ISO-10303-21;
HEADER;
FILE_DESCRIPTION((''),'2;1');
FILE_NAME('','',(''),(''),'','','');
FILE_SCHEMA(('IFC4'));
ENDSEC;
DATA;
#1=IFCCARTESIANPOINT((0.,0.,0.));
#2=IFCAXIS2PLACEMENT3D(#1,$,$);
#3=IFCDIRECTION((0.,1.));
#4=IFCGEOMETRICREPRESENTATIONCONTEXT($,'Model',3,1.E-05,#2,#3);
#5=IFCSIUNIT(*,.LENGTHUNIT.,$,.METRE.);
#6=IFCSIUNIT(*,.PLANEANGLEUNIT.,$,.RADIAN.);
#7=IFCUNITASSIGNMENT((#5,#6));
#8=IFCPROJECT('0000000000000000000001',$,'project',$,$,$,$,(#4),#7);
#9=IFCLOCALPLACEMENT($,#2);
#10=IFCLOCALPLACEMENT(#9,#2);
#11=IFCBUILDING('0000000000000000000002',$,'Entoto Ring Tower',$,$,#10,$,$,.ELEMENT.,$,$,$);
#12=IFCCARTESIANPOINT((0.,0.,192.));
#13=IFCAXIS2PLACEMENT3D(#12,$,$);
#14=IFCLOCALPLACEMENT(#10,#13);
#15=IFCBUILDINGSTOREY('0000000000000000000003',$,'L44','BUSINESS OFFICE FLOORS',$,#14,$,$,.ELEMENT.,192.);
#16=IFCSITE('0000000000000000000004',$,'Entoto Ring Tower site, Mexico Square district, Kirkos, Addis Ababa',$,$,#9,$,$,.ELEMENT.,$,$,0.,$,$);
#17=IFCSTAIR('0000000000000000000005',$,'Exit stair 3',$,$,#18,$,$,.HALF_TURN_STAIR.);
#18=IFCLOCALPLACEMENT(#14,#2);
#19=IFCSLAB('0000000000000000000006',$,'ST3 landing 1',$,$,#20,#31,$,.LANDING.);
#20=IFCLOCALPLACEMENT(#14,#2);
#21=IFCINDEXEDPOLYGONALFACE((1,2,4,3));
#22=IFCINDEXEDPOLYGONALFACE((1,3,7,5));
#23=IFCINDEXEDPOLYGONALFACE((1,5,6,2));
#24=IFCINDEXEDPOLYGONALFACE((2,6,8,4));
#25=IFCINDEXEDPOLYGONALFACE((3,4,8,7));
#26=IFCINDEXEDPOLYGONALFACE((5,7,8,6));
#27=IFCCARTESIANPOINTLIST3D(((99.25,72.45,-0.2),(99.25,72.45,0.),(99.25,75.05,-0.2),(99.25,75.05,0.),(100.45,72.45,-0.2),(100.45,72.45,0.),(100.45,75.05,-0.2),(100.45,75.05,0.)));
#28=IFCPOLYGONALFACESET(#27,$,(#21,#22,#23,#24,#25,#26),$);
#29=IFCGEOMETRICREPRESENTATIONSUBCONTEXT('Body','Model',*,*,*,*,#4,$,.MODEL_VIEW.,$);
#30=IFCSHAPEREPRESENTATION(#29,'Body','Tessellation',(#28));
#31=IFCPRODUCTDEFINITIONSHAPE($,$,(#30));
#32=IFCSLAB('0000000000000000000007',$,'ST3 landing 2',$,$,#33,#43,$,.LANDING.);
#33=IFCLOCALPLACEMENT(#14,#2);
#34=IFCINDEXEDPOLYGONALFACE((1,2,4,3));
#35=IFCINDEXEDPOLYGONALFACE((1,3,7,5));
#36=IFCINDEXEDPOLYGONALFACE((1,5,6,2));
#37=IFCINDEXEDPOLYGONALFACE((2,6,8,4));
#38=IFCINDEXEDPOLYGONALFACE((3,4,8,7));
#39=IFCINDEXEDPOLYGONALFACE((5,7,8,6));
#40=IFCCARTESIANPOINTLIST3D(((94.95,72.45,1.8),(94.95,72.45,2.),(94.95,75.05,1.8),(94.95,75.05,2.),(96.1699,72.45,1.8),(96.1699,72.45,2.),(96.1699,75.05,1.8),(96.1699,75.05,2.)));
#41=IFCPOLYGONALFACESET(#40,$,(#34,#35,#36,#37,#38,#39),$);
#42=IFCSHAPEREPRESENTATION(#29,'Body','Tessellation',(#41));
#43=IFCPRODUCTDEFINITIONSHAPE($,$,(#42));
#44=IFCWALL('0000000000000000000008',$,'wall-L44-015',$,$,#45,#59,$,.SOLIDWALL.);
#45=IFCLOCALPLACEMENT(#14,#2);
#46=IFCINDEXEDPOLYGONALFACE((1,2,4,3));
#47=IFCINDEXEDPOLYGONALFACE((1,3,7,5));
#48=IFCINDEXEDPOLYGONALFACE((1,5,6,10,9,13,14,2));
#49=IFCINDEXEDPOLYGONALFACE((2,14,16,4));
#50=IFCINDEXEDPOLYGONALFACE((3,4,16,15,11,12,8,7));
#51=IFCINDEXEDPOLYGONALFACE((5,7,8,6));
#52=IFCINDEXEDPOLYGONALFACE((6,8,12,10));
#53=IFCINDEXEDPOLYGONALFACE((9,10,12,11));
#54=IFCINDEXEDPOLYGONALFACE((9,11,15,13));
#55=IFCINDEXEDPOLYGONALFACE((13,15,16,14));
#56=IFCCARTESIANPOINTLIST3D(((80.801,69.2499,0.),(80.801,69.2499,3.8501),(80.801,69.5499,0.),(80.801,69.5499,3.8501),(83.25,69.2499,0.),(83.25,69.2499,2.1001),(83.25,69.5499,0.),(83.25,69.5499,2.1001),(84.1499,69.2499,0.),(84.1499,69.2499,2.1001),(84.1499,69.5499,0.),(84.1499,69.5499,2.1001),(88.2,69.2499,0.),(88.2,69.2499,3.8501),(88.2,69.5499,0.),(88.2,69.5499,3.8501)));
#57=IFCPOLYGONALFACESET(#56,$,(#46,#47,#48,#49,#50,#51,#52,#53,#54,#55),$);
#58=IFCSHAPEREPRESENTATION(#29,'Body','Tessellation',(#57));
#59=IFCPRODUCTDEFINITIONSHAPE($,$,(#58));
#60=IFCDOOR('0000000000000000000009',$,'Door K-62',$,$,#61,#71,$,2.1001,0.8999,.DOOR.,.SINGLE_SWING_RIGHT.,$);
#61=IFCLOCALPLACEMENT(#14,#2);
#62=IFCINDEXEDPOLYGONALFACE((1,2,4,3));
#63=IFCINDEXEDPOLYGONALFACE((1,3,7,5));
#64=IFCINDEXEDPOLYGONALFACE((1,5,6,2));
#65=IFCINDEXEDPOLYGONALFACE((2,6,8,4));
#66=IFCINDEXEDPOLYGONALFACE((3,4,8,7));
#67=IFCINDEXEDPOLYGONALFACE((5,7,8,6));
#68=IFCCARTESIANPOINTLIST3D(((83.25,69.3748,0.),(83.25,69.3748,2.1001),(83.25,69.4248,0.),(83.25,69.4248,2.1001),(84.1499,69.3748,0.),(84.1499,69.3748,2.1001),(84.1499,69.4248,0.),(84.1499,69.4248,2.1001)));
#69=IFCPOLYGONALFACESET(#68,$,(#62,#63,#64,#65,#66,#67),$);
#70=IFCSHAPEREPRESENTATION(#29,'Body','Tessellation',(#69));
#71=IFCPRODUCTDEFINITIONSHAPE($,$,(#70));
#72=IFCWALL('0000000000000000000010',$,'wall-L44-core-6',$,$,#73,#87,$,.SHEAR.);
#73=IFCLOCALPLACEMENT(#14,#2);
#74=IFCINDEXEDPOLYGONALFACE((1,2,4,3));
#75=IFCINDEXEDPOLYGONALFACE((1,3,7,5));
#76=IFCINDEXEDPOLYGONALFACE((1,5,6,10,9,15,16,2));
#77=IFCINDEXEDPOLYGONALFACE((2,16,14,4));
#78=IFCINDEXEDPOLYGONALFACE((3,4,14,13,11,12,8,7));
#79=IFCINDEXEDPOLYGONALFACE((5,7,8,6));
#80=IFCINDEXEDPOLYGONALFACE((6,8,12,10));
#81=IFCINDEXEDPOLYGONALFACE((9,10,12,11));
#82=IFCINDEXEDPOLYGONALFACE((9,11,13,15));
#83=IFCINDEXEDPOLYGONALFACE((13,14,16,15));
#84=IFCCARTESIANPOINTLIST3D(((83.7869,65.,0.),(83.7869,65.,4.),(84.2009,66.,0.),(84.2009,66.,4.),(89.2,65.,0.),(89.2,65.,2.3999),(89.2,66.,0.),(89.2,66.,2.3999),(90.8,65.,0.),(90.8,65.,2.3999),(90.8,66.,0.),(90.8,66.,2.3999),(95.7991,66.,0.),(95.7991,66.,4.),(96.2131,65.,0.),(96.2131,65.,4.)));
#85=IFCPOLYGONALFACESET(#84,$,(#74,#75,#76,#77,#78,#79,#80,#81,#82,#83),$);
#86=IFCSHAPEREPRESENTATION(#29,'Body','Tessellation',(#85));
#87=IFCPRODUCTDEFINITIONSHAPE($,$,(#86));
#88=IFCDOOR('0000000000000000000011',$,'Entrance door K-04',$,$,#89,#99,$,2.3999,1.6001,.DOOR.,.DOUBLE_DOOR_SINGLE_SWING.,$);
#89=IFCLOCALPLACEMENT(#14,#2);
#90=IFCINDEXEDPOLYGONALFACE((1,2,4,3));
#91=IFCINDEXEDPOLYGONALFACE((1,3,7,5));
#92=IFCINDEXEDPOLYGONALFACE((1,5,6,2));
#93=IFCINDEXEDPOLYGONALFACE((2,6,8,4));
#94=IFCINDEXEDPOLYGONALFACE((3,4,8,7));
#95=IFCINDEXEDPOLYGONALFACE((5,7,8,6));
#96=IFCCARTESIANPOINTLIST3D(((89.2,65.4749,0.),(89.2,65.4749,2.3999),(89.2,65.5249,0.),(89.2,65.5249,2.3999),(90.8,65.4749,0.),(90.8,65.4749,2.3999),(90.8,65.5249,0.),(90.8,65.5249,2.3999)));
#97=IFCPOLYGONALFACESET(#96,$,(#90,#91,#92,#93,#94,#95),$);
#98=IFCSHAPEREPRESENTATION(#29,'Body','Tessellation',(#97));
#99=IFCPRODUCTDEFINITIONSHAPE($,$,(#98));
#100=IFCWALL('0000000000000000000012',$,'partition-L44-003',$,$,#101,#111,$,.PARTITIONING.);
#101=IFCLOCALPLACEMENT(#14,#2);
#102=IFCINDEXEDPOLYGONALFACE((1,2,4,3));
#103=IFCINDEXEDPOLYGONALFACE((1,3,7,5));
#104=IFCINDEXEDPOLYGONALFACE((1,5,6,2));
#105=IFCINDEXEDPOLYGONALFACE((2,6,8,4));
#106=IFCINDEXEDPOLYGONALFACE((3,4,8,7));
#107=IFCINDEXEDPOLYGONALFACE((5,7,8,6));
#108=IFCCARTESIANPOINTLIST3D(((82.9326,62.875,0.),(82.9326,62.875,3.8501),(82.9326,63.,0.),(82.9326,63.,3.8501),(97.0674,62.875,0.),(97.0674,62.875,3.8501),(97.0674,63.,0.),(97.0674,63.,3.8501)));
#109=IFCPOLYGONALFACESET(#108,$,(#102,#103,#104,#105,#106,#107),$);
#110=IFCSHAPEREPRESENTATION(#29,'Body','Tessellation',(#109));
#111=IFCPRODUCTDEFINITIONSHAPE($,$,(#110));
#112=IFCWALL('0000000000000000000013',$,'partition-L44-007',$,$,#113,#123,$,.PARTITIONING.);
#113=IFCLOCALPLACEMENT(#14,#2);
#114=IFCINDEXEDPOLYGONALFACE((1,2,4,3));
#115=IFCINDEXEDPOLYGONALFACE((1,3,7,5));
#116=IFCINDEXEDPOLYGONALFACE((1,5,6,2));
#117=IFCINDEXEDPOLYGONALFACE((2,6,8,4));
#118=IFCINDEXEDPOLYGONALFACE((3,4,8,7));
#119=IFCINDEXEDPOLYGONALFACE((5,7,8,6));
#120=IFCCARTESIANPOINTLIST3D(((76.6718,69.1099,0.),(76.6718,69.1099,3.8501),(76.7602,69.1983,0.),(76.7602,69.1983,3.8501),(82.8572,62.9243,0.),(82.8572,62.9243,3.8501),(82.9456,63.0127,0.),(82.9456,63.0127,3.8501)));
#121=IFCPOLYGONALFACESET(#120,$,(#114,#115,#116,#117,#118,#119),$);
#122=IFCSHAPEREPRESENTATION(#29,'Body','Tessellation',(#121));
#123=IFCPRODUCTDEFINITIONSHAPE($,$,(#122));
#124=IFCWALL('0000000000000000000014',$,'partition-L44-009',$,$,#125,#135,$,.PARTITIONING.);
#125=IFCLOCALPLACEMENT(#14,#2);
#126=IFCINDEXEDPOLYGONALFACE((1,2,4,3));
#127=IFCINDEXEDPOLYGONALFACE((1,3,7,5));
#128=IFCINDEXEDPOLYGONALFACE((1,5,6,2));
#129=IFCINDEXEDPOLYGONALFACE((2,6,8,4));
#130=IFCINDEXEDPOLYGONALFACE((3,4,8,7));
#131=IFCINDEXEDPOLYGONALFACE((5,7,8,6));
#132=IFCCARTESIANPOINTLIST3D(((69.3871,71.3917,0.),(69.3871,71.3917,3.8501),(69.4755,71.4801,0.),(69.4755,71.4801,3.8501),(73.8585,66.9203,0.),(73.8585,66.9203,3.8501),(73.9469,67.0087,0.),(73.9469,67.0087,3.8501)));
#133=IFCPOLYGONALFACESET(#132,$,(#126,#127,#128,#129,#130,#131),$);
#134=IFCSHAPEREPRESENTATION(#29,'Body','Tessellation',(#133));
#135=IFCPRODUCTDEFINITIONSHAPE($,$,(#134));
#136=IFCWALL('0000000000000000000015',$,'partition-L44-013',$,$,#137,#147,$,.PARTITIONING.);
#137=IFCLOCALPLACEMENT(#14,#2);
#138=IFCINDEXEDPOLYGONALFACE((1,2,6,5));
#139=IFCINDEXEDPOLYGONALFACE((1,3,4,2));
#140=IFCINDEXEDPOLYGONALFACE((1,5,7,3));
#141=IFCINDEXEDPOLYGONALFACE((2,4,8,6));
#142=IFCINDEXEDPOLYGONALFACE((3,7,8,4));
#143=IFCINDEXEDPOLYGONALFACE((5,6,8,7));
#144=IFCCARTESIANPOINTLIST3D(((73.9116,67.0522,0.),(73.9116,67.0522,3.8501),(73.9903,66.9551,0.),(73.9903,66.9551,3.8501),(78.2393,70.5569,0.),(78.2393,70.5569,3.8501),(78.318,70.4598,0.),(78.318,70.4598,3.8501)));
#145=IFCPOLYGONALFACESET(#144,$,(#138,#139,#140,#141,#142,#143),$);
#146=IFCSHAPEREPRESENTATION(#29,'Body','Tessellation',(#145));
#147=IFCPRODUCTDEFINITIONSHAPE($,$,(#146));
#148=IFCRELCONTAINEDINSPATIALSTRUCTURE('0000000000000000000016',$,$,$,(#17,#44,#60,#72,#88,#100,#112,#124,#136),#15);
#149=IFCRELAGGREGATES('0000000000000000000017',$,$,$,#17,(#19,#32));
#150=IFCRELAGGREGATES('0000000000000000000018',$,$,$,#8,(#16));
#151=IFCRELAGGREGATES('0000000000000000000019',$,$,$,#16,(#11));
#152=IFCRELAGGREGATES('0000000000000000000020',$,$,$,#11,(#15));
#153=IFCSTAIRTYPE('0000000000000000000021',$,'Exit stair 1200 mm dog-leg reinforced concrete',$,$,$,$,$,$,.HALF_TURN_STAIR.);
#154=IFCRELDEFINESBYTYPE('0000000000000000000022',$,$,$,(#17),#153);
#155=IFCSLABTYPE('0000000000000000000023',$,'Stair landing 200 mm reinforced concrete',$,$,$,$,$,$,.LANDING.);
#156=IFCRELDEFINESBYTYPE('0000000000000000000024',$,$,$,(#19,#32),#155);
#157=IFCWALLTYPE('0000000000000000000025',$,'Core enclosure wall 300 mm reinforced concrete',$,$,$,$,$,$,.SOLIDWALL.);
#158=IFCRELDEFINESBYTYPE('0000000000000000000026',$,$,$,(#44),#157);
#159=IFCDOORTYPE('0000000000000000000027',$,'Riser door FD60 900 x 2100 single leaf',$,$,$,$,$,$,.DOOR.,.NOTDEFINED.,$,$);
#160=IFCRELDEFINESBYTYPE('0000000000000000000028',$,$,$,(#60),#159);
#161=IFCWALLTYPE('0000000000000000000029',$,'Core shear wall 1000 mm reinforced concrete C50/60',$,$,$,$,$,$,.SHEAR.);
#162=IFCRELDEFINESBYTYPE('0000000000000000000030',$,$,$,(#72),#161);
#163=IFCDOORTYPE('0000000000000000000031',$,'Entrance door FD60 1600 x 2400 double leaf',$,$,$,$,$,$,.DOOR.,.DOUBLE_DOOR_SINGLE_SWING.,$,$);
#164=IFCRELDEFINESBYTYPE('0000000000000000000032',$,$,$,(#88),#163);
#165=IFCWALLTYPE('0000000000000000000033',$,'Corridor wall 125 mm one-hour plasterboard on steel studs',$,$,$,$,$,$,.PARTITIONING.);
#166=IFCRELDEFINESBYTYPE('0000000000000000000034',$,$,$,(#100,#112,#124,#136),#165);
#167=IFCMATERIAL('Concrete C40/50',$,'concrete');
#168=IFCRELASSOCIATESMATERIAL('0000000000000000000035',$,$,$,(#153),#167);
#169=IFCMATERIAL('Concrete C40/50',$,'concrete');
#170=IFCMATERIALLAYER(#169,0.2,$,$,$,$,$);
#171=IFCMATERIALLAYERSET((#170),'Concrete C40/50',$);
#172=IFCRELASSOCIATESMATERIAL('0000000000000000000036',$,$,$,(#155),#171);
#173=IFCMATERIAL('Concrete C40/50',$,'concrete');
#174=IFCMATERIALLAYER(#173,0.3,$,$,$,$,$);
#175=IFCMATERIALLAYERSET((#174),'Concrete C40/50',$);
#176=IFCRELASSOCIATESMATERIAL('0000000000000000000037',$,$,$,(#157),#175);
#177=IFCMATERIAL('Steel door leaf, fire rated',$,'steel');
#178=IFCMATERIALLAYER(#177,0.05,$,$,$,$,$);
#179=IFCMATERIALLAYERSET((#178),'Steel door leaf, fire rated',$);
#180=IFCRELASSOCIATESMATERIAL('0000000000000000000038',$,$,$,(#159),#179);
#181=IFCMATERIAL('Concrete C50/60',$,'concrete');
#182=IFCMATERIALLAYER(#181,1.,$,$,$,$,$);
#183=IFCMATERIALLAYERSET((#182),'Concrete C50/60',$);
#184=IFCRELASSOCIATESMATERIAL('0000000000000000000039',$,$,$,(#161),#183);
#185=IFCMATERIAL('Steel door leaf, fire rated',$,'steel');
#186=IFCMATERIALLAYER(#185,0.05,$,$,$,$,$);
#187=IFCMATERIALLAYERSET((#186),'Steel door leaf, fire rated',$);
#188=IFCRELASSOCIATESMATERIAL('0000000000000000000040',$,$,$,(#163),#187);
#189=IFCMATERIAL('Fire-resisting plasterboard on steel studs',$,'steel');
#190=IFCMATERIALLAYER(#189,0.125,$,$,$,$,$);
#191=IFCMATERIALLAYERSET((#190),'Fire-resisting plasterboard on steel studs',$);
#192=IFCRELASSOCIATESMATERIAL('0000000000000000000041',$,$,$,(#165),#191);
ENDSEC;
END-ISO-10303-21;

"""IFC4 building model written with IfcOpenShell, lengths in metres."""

from ifc_helpers import new_model, si_unit, direction, frame, frame_2d, origin, place, context, subcontext, project, spatial, polyline, rectangle, outline, extrude, material, layer, layer_set, type_object, element, fill, aggregate, save


model = new_model("IFC4")

# Units and contexts
model_context = context("Model", 3, precision=1e-05, world=origin(), true_north=direction((0.0, 1.0)))
body_context = subcontext(model_context, "Body", "Model", "MODEL_VIEW")
ifc_project = project(units=[si_unit("LENGTHUNIT", "METRE"), si_unit("PLANEANGLEUNIT", "RADIAN")], contexts=[model_context])

# Site, building, storey
site_placement = place(None, origin())
site = spatial("IfcSite", under=ifc_project, at=site_placement, Name="Entoto Ring Tower site, Mexico Square district, Kirkos, Addis Ababa", CompositionType="ELEMENT", RefElevation=0.0)
building_placement = place(site_placement, origin())
building = spatial("IfcBuilding", under=site, at=building_placement, Name="Entoto Ring Tower", CompositionType="ELEMENT")
storey_placement = place(building_placement, frame((0.0, 0.0, 192.0)))
storey = spatial("IfcBuildingStorey", under=building, at=storey_placement, Name="L44", Description="BUSINESS OFFICE FLOORS", CompositionType="ELEMENT", Elevation=192.0)

# Stair, slabs
ifc_material_1 = material(Name="Concrete C40/50", Category="concrete")
stair_type = type_object("IfcStairType", Name="Exit stair 1200 mm dog-leg reinforced concrete", PredefinedType="HALF_TURN_STAIR", material=ifc_material_1)
stair_placement = place(storey_placement, origin())
stair = element("IfcStair", 1, at=stair_placement, inside=storey, type_object=stair_type, Name="Exit stair 3", PredefinedType="HALF_TURN_STAIR")
ifc_material_2 = material(Name="Concrete C40/50", Category="concrete")
ifc_layer_1 = layer(ifc_material_2, 0.2)
ifc_layer_set_1 = layer_set([ifc_layer_1], Name="Concrete C40/50")
slab_type_1 = type_object("IfcSlabType", Name="Stair landing 200 mm reinforced concrete", PredefinedType="LANDING", material=ifc_layer_set_1)
slab_1_placement = place(storey_placement, frame((0.0, 0.0, -0.2)))
slab_1 = element("IfcSlab", 2, at=slab_1_placement, type_object=slab_type_1, Name="ST3 landing 1", PredefinedType="LANDING", context=body_context, shape_type="SweptSolid", body=[
    extrude(outline(polyline([(100.45, 72.45), (100.45, 75.05), (99.25, 75.05), (99.25, 72.45), (100.45, 72.45)])), origin(), (0.0, 0.0, 1.0), 0.2),
])
slab_2_placement = place(storey_placement, frame((0.0, 0.0, 1.8)))
slab_2 = element("IfcSlab", 3, at=slab_2_placement, type_object=slab_type_1, Name="ST3 landing 2", PredefinedType="LANDING", context=body_context, shape_type="SweptSolid", body=[
    extrude(outline(polyline([(94.95, 72.45), (96.1699, 72.45), (96.1699, 75.05), (94.95, 75.05), (94.95, 72.45)])), origin(), (0.0, 0.0, 1.0), 0.2),
])
aggregate(stair, [slab_1, slab_2])

# Walls, openings, doors
ifc_material_3 = material(Name="Concrete C40/50", Category="concrete")
ifc_layer_2 = layer(ifc_material_3, 0.3)
ifc_layer_set_2 = layer_set([ifc_layer_2], Name="Concrete C40/50")
wall_type_1 = type_object("IfcWallType", Name="Core enclosure wall 300 mm reinforced concrete", PredefinedType="SOLIDWALL", material=ifc_layer_set_2)
wall_1_placement = place(storey_placement, frame((80.801, 69.3999, 0.0), z_axis=(0.0, 0.0, 1.0), x_axis=(1.0, 0.0, 0.0)))
wall_1 = element("IfcWall", 4, at=wall_1_placement, inside=storey, type_object=wall_type_1, Name="wall-L44-015", PredefinedType="SOLIDWALL", context=body_context, shape_type="SweptSolid", body=[
    extrude(rectangle(XDim=7.3989, YDim=0.3, at=frame_2d((3.6995, 0.0))), origin(), (0.0, 0.0, 1.0), 3.8501),
])
opening_1_placement = place(wall_1_placement, frame((2.449, 0.0, 0.0)))
opening_1 = element("IfcOpeningElement", 5, at=opening_1_placement, cuts=wall_1, PredefinedType="OPENING", context=body_context, shape_type="SweptSolid", body=[
    extrude(rectangle(XDim=0.8999, YDim=2.1001, at=frame_2d((0.45, 1.05))), frame((0.0, 0.1602, 0.0), z_axis=(0.0, -1.0, 0.0), x_axis=(1.0, 0.0, 0.0)), (0.0, 0.0, 1.0), 0.3201),
])
ifc_material_4 = material(Name="Steel door leaf, fire rated", Category="steel")
ifc_layer_3 = layer(ifc_material_4, 0.05)
ifc_layer_set_3 = layer_set([ifc_layer_3], Name="Steel door leaf, fire rated")
door_type_1 = type_object("IfcDoorType", Name="Riser door FD60 900 x 2100 single leaf", OperationType="NOTDEFINED", PredefinedType="DOOR", material=ifc_layer_set_3)
door_1_placement = place(opening_1_placement, origin())
door_1 = element("IfcDoor", 6, at=door_1_placement, inside=storey, type_object=door_type_1, Name="Door K-62", OperationType="SINGLE_SWING_RIGHT", OverallHeight=2.1001, OverallWidth=0.8999, PredefinedType="DOOR", context=body_context, shape_type="SweptSolid", body=[
    extrude(rectangle(XDim=0.8999, YDim=2.1001, at=frame_2d((0.45, 1.05))), frame((0.0, 0.0249, 0.0), z_axis=(0.0, -1.0, 0.0), x_axis=(1.0, 0.0, 0.0)), (0.0, 0.0, 1.0), 0.05),
])
fill(opening_1, door_1)
ifc_material_5 = material(Name="Concrete C50/60", Category="concrete")
ifc_layer_4 = layer(ifc_material_5, 1.0)
ifc_layer_set_4 = layer_set([ifc_layer_4], Name="Concrete C50/60")
wall_type_2 = type_object("IfcWallType", Name="Core shear wall 1000 mm reinforced concrete C50/60", PredefinedType="SHEAR", material=ifc_layer_set_4)
wall_2_placement = place(storey_placement, frame((83.9939, 65.5, 0.0), z_axis=(0.0, 0.0, 1.0), x_axis=(1.0, 0.0, 0.0)))
wall_2 = element("IfcWall", 7, at=wall_2_placement, inside=storey, type_object=wall_type_2, Name="wall-L44-core-6", PredefinedType="SHEAR", context=body_context, shape_type="SweptSolid", body=[
    extrude(outline(polyline([(-0.207, -0.5), (12.2192, -0.5), (11.8052, 0.5), (0.207, 0.5), (-0.207, -0.5)])), origin(), (0.0, 0.0, 1.0), 4.0),
])
opening_2_placement = place(wall_2_placement, frame((5.2061, 0.0, 0.0)))
opening_2 = element("IfcOpeningElement", 8, at=opening_2_placement, cuts=wall_2, PredefinedType="OPENING", context=body_context, shape_type="SweptSolid", body=[
    extrude(rectangle(XDim=1.6001, YDim=2.3999, at=frame_2d((0.8, 1.2))), frame((0.0, 0.51, 0.0), z_axis=(0.0, -1.0, 0.0), x_axis=(1.0, 0.0, 0.0)), (0.0, 0.0, 1.0), 1.02),
])
ifc_material_6 = material(Name="Steel door leaf, fire rated", Category="steel")
ifc_layer_5 = layer(ifc_material_6, 0.05)
ifc_layer_set_5 = layer_set([ifc_layer_5], Name="Steel door leaf, fire rated")
door_type_2 = type_object("IfcDoorType", Name="Entrance door FD60 1600 x 2400 double leaf", OperationType="DOUBLE_DOOR_SINGLE_SWING", PredefinedType="DOOR", material=ifc_layer_set_5)
door_2_placement = place(opening_2_placement, origin())
door_2 = element("IfcDoor", 9, at=door_2_placement, inside=storey, type_object=door_type_2, Name="Entrance door K-04", OperationType="DOUBLE_DOOR_SINGLE_SWING", OverallHeight=2.3999, OverallWidth=1.6001, PredefinedType="DOOR", context=body_context, shape_type="SweptSolid", body=[
    extrude(rectangle(XDim=1.6001, YDim=2.3999, at=frame_2d((0.8, 1.2))), frame((0.0, 0.0249, 0.0), z_axis=(0.0, -1.0, 0.0), x_axis=(1.0, 0.0, 0.0)), (0.0, 0.0, 1.0), 0.05),
])
fill(opening_2, door_2)

# Walls
ifc_material_7 = material(Name="Fire-resisting plasterboard on steel studs", Category="steel")
ifc_layer_6 = layer(ifc_material_7, 0.125)
ifc_layer_set_6 = layer_set([ifc_layer_6], Name="Fire-resisting plasterboard on steel studs")
wall_type_3 = type_object("IfcWallType", Name="Corridor wall 125 mm one-hour plasterboard on steel studs", PredefinedType="PARTITIONING", material=ifc_layer_set_6)
wall_3_placement = place(storey_placement, frame((82.9326, 62.9375, 0.0), z_axis=(0.0, 0.0, 1.0), x_axis=(1.0, 0.0, 0.0)))
element("IfcWall", 10, at=wall_3_placement, inside=storey, type_object=wall_type_3, Name="partition-L44-003", PredefinedType="PARTITIONING", context=body_context, shape_type="SweptSolid", body=[
    extrude(rectangle(XDim=14.1348, YDim=0.125, at=frame_2d((7.0674, 0.0))), origin(), (0.0, 0.0, 1.0), 3.8501),
])
wall_4_placement = place(storey_placement, frame((82.9014, 62.9685, 0.0), z_axis=(0.0, 0.0, 1.0), x_axis=(-0.707093, 0.707121, 0.0)))
element("IfcWall", 11, at=wall_4_placement, inside=storey, type_object=wall_type_3, Name="partition-L44-007", PredefinedType="PARTITIONING", context=body_context, shape_type="SweptSolid", body=[
    extrude(rectangle(XDim=8.7476, YDim=0.125, at=frame_2d((4.3738, 0.0))), origin(), (0.0, 0.0, 1.0), 3.8501),
])
wall_5_placement = place(storey_placement, frame((73.9026, 66.9646, 0.0), z_axis=(0.0, 0.0, 1.0), x_axis=(-0.707107, 0.707107, 0.0)))
element("IfcWall", 12, at=wall_5_placement, inside=storey, type_object=wall_type_3, Name="partition-L44-009", PredefinedType="PARTITIONING", context=body_context, shape_type="SweptSolid", body=[
    extrude(rectangle(XDim=6.3235, YDim=0.125, at=frame_2d((3.1616, 0.0))), origin(), (0.0, 0.0, 1.0), 3.8501),
])
wall_6_placement = place(storey_placement, frame((73.9509, 67.0037, 0.0), z_axis=(0.0, 0.0, 1.0), x_axis=(0.777129, 0.629341, 0.0)))
element("IfcWall", 13, at=wall_6_placement, inside=storey, type_object=wall_type_3, Name="partition-L44-013", PredefinedType="PARTITIONING", context=body_context, shape_type="SweptSolid", body=[
    extrude(rectangle(XDim=5.5688, YDim=0.125, at=frame_2d((2.7844, 0.0))), origin(), (0.0, 0.0, 1.0), 3.8501),
])

save(model, "model.ifc")
